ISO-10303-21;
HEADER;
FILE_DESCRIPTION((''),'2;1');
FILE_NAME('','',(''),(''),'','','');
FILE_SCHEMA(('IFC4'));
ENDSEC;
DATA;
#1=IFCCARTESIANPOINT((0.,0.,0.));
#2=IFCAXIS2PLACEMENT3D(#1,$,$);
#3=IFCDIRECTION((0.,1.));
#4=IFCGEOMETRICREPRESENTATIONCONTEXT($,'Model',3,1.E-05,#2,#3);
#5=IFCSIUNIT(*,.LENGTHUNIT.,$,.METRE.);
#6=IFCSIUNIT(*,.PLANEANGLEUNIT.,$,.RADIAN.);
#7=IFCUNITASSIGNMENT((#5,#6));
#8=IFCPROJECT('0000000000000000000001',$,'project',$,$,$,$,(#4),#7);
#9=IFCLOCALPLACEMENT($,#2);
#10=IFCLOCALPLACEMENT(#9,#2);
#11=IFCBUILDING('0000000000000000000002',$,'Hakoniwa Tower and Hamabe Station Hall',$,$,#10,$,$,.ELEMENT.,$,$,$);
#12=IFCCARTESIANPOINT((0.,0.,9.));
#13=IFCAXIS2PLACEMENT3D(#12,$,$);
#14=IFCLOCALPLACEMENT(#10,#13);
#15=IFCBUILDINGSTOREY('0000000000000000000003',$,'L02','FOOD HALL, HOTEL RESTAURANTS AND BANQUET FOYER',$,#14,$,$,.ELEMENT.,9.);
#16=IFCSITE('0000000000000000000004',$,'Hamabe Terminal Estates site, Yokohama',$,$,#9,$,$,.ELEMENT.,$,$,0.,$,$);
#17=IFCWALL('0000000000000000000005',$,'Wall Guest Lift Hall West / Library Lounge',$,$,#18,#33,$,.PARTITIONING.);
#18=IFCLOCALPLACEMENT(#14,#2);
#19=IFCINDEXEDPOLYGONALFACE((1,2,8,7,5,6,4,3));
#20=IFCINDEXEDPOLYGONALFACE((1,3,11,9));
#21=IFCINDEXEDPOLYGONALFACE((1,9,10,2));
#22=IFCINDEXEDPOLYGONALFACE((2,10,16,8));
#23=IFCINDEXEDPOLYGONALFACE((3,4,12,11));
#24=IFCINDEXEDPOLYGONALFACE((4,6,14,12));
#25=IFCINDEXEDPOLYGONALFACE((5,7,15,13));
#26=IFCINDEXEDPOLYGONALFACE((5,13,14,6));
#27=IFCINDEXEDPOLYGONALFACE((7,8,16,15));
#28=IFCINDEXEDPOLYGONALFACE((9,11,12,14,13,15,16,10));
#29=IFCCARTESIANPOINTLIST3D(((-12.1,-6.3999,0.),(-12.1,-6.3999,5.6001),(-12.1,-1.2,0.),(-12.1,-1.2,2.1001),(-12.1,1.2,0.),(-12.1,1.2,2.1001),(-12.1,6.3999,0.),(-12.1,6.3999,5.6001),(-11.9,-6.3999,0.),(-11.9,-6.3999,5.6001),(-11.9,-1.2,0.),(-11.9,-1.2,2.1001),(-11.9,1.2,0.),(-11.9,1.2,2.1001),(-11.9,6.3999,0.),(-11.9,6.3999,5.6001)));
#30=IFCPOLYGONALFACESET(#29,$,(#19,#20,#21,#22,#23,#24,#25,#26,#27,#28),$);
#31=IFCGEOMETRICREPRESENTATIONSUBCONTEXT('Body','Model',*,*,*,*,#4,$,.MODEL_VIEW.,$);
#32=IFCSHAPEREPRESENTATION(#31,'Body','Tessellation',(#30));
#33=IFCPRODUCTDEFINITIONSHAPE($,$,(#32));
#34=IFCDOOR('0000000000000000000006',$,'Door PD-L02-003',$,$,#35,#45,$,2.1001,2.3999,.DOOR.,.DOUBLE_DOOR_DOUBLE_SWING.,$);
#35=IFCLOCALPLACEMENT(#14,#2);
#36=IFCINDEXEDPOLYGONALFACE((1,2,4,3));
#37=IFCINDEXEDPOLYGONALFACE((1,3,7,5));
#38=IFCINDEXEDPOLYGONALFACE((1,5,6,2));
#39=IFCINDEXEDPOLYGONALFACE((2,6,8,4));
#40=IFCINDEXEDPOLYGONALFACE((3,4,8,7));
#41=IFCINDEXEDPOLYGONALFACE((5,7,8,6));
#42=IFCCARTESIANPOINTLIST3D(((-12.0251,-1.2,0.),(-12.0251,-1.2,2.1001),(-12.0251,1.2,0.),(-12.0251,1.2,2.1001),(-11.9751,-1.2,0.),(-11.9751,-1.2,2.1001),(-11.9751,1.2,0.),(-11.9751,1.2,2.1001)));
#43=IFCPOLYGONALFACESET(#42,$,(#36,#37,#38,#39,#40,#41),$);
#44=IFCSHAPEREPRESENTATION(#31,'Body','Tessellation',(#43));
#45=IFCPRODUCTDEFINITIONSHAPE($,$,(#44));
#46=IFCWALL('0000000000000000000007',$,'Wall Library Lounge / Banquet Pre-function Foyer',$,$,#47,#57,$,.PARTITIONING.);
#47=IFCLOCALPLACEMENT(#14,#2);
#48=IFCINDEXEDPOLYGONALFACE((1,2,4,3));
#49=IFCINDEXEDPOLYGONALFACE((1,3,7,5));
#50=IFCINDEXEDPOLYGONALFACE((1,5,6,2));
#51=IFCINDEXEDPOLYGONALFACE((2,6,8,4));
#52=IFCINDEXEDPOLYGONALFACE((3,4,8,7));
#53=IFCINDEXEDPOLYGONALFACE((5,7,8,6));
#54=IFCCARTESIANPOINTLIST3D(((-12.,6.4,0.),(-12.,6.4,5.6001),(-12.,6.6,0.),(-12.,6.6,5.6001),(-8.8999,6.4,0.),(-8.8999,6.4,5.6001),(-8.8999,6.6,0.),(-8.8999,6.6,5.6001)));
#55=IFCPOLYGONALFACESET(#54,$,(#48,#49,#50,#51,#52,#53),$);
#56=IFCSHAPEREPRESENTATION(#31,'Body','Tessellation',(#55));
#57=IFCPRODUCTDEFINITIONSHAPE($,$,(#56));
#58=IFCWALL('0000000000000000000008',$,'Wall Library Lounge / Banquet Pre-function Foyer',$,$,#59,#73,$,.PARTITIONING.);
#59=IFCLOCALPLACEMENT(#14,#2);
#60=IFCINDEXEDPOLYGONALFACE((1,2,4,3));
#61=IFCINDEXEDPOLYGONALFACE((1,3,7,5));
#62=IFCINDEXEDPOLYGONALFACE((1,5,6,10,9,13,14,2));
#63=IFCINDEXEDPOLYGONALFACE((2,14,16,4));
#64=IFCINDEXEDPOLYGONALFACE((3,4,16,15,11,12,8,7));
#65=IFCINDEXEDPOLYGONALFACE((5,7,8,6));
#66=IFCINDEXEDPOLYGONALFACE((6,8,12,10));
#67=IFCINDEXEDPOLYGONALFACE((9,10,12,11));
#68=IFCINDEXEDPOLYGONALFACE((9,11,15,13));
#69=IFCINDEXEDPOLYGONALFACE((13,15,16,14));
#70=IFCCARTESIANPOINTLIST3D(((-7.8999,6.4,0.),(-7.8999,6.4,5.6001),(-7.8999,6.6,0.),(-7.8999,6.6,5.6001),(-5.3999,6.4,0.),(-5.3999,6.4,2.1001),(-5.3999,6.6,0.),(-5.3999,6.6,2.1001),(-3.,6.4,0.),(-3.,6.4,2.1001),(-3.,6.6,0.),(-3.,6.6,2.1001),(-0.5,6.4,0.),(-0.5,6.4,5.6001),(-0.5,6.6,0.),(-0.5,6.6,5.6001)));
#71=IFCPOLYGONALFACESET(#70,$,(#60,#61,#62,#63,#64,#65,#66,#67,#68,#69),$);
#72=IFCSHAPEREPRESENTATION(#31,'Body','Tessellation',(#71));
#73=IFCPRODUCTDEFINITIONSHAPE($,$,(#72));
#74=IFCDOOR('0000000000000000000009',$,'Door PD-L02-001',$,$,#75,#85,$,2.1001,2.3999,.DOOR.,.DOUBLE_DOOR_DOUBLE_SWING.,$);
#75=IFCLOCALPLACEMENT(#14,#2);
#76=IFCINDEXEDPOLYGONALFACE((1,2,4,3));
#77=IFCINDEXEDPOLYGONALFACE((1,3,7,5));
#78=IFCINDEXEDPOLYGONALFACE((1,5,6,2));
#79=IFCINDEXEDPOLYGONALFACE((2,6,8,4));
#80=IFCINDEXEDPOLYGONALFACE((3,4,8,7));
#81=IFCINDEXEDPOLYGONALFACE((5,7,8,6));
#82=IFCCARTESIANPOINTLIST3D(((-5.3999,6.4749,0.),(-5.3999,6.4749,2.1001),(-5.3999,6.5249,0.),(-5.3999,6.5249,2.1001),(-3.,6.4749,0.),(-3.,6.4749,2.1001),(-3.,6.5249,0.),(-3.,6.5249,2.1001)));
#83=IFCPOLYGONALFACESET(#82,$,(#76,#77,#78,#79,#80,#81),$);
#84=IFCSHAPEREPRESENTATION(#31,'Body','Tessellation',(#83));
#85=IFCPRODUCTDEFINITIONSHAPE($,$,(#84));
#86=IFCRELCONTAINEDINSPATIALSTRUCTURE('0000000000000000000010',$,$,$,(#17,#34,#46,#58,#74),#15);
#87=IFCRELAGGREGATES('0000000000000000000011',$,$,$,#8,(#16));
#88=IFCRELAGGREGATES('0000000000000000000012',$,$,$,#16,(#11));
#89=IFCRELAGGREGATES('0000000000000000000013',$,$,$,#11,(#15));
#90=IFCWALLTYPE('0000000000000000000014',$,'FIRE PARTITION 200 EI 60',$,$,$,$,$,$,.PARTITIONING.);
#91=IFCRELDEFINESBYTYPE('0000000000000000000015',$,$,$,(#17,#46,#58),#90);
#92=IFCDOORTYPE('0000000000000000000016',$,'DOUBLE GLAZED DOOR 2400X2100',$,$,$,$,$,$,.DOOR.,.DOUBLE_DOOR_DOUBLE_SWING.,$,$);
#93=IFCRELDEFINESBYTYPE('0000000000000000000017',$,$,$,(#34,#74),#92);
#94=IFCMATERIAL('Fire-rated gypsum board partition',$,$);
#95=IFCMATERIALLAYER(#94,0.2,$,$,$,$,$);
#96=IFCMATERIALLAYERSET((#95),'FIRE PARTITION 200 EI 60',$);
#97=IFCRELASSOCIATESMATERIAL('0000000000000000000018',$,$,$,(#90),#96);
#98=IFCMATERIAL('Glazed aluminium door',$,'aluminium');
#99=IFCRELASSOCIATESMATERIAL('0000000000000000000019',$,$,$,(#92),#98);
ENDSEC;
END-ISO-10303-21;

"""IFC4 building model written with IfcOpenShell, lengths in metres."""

from ifc_helpers import new_model, si_unit, direction, frame, frame_2d, origin, place, context, subcontext, project, spatial, rectangle, extrude, material, layer, layer_set, type_object, element, fill, save


model = new_model("IFC4")

# Units and contexts
model_context = context("Model", 3, precision=1e-05, world=origin(), true_north=direction((0.0, 1.0)))
body_context = subcontext(model_context, "Body", "Model", "MODEL_VIEW")
ifc_project = project(units=[si_unit("LENGTHUNIT", "METRE"), si_unit("PLANEANGLEUNIT", "RADIAN")], contexts=[model_context])

# Site, building, storey
site_placement = place(None, origin())
site = spatial("IfcSite", under=ifc_project, at=site_placement, Name="Hamabe Terminal Estates site, Yokohama", CompositionType="ELEMENT", RefElevation=0.0)
building_placement = place(site_placement, origin())
building = spatial("IfcBuilding", under=site, at=building_placement, Name="Hakoniwa Tower and Hamabe Station Hall", CompositionType="ELEMENT")
storey_placement = place(building_placement, frame((0.0, 0.0, 9.0)))
storey = spatial("IfcBuildingStorey", under=building, at=storey_placement, Name="L02", Description="FOOD HALL, HOTEL RESTAURANTS AND BANQUET FOYER", CompositionType="ELEMENT", Elevation=9.0)

# Wall, opening, door
ifc_material_1 = material(Name="Fire-rated gypsum board partition")
ifc_layer_1 = layer(ifc_material_1, 0.2)
ifc_layer_set_1 = layer_set([ifc_layer_1], Name="FIRE PARTITION 200 EI 60")
wall_type = type_object("IfcWallType", Name="FIRE PARTITION 200 EI 60", PredefinedType="PARTITIONING", material=ifc_layer_set_1)
ifc_material_2 = material(Name="Glazed aluminium door", Category="aluminium")
door_type_1 = type_object("IfcDoorType", Name="DOUBLE GLAZED DOOR 2400X2100", OperationType="DOUBLE_DOOR_DOUBLE_SWING", PredefinedType="DOOR", material=ifc_material_2)
wall_1_placement = place(storey_placement, frame((-12.0, 6.3999, 0.0), z_axis=(0.0, 0.0, 1.0), x_axis=(0.0, -1.0, 0.0)))
wall_1 = element("IfcWall", 1, at=wall_1_placement, inside=storey, type_object=wall_type, Name="Wall Guest Lift Hall West / Library Lounge", PredefinedType="PARTITIONING", context=body_context, shape_type="SweptSolid", body=[
    extrude(rectangle(XDim=12.7998, YDim=0.2, at=frame_2d((6.3999, 0.0))), origin(), (0.0, 0.0, 1.0), 5.6001),
])
opening_1_placement = place(wall_1_placement, frame((5.2, 0.0, 0.0)))
opening_1 = element("IfcOpeningElement", 2, at=opening_1_placement, cuts=wall_1, PredefinedType="OPENING", context=body_context, shape_type="SweptSolid", body=[
    extrude(rectangle(XDim=2.3999, YDim=2.1001, at=frame_2d((1.2, 1.05))), frame((0.0, 0.1099, 0.0), z_axis=(0.0, -1.0, 0.0), x_axis=(1.0, 0.0, 0.0)), (0.0, 0.0, 1.0), 0.22),
])
door_1_placement = place(opening_1_placement, origin())
door_1 = element("IfcDoor", 3, at=door_1_placement, inside=storey, type_object=door_type_1, Name="Door PD-L02-003", OperationType="DOUBLE_DOOR_DOUBLE_SWING", OverallHeight=2.1001, OverallWidth=2.3999, PredefinedType="DOOR", context=body_context, shape_type="SweptSolid", body=[
    extrude(rectangle(XDim=2.3999, YDim=2.1001, at=frame_2d((1.2, 1.05))), frame((0.0, 0.0249, 0.0), z_axis=(0.0, -1.0, 0.0), x_axis=(1.0, 0.0, 0.0)), (0.0, 0.0, 1.0), 0.05),
])
fill(opening_1, door_1)

# Wall
wall_2_placement = place(storey_placement, frame((-12.0, 6.5, 0.0), z_axis=(0.0, 0.0, 1.0), x_axis=(1.0, 0.0, 0.0)))
element("IfcWall", 4, at=wall_2_placement, inside=storey, type_object=wall_type, Name="Wall Library Lounge / Banquet Pre-function Foyer", PredefinedType="PARTITIONING", context=body_context, shape_type="SweptSolid", body=[
    extrude(rectangle(XDim=3.1001, YDim=0.2, at=frame_2d((1.55, 0.0))), origin(), (0.0, 0.0, 1.0), 5.6001),
])

# Wall, opening, door
wall_3_placement = place(storey_placement, frame((-7.8999, 6.5, 0.0), z_axis=(0.0, 0.0, 1.0), x_axis=(1.0, 0.0, 0.0)))
wall_3 = element("IfcWall", 5, at=wall_3_placement, inside=storey, type_object=wall_type, Name="Wall Library Lounge / Banquet Pre-function Foyer", PredefinedType="PARTITIONING", context=body_context, shape_type="SweptSolid", body=[
    extrude(rectangle(XDim=7.3999, YDim=0.2, at=frame_2d((3.7, 0.0))), origin(), (0.0, 0.0, 1.0), 5.6001),
])
opening_2_placement = place(wall_3_placement, frame((2.5, 0.0, 0.0)))
opening_2 = element("IfcOpeningElement", 6, at=opening_2_placement, cuts=wall_3, PredefinedType="OPENING", context=body_context, shape_type="SweptSolid", body=[
    extrude(rectangle(XDim=2.3999, YDim=2.1001, at=frame_2d((1.2, 1.05))), frame((0.0, 0.1099, 0.0), z_axis=(0.0, -1.0, 0.0), x_axis=(1.0, 0.0, 0.0)), (0.0, 0.0, 1.0), 0.22),
])
door_2_placement = place(opening_2_placement, origin())
door_2 = element("IfcDoor", 7, at=door_2_placement, inside=storey, type_object=door_type_1, Name="Door PD-L02-001", OperationType="DOUBLE_DOOR_DOUBLE_SWING", OverallHeight=2.1001, OverallWidth=2.3999, PredefinedType="DOOR", context=body_context, shape_type="SweptSolid", body=[
    extrude(rectangle(XDim=2.3999, YDim=2.1001, at=frame_2d((1.2, 1.05))), frame((0.0, 0.0249, 0.0), z_axis=(0.0, -1.0, 0.0), x_axis=(1.0, 0.0, 0.0)), (0.0, 0.0, 1.0), 0.05),
])
fill(opening_2, door_2)

save(model, "model.ifc")
